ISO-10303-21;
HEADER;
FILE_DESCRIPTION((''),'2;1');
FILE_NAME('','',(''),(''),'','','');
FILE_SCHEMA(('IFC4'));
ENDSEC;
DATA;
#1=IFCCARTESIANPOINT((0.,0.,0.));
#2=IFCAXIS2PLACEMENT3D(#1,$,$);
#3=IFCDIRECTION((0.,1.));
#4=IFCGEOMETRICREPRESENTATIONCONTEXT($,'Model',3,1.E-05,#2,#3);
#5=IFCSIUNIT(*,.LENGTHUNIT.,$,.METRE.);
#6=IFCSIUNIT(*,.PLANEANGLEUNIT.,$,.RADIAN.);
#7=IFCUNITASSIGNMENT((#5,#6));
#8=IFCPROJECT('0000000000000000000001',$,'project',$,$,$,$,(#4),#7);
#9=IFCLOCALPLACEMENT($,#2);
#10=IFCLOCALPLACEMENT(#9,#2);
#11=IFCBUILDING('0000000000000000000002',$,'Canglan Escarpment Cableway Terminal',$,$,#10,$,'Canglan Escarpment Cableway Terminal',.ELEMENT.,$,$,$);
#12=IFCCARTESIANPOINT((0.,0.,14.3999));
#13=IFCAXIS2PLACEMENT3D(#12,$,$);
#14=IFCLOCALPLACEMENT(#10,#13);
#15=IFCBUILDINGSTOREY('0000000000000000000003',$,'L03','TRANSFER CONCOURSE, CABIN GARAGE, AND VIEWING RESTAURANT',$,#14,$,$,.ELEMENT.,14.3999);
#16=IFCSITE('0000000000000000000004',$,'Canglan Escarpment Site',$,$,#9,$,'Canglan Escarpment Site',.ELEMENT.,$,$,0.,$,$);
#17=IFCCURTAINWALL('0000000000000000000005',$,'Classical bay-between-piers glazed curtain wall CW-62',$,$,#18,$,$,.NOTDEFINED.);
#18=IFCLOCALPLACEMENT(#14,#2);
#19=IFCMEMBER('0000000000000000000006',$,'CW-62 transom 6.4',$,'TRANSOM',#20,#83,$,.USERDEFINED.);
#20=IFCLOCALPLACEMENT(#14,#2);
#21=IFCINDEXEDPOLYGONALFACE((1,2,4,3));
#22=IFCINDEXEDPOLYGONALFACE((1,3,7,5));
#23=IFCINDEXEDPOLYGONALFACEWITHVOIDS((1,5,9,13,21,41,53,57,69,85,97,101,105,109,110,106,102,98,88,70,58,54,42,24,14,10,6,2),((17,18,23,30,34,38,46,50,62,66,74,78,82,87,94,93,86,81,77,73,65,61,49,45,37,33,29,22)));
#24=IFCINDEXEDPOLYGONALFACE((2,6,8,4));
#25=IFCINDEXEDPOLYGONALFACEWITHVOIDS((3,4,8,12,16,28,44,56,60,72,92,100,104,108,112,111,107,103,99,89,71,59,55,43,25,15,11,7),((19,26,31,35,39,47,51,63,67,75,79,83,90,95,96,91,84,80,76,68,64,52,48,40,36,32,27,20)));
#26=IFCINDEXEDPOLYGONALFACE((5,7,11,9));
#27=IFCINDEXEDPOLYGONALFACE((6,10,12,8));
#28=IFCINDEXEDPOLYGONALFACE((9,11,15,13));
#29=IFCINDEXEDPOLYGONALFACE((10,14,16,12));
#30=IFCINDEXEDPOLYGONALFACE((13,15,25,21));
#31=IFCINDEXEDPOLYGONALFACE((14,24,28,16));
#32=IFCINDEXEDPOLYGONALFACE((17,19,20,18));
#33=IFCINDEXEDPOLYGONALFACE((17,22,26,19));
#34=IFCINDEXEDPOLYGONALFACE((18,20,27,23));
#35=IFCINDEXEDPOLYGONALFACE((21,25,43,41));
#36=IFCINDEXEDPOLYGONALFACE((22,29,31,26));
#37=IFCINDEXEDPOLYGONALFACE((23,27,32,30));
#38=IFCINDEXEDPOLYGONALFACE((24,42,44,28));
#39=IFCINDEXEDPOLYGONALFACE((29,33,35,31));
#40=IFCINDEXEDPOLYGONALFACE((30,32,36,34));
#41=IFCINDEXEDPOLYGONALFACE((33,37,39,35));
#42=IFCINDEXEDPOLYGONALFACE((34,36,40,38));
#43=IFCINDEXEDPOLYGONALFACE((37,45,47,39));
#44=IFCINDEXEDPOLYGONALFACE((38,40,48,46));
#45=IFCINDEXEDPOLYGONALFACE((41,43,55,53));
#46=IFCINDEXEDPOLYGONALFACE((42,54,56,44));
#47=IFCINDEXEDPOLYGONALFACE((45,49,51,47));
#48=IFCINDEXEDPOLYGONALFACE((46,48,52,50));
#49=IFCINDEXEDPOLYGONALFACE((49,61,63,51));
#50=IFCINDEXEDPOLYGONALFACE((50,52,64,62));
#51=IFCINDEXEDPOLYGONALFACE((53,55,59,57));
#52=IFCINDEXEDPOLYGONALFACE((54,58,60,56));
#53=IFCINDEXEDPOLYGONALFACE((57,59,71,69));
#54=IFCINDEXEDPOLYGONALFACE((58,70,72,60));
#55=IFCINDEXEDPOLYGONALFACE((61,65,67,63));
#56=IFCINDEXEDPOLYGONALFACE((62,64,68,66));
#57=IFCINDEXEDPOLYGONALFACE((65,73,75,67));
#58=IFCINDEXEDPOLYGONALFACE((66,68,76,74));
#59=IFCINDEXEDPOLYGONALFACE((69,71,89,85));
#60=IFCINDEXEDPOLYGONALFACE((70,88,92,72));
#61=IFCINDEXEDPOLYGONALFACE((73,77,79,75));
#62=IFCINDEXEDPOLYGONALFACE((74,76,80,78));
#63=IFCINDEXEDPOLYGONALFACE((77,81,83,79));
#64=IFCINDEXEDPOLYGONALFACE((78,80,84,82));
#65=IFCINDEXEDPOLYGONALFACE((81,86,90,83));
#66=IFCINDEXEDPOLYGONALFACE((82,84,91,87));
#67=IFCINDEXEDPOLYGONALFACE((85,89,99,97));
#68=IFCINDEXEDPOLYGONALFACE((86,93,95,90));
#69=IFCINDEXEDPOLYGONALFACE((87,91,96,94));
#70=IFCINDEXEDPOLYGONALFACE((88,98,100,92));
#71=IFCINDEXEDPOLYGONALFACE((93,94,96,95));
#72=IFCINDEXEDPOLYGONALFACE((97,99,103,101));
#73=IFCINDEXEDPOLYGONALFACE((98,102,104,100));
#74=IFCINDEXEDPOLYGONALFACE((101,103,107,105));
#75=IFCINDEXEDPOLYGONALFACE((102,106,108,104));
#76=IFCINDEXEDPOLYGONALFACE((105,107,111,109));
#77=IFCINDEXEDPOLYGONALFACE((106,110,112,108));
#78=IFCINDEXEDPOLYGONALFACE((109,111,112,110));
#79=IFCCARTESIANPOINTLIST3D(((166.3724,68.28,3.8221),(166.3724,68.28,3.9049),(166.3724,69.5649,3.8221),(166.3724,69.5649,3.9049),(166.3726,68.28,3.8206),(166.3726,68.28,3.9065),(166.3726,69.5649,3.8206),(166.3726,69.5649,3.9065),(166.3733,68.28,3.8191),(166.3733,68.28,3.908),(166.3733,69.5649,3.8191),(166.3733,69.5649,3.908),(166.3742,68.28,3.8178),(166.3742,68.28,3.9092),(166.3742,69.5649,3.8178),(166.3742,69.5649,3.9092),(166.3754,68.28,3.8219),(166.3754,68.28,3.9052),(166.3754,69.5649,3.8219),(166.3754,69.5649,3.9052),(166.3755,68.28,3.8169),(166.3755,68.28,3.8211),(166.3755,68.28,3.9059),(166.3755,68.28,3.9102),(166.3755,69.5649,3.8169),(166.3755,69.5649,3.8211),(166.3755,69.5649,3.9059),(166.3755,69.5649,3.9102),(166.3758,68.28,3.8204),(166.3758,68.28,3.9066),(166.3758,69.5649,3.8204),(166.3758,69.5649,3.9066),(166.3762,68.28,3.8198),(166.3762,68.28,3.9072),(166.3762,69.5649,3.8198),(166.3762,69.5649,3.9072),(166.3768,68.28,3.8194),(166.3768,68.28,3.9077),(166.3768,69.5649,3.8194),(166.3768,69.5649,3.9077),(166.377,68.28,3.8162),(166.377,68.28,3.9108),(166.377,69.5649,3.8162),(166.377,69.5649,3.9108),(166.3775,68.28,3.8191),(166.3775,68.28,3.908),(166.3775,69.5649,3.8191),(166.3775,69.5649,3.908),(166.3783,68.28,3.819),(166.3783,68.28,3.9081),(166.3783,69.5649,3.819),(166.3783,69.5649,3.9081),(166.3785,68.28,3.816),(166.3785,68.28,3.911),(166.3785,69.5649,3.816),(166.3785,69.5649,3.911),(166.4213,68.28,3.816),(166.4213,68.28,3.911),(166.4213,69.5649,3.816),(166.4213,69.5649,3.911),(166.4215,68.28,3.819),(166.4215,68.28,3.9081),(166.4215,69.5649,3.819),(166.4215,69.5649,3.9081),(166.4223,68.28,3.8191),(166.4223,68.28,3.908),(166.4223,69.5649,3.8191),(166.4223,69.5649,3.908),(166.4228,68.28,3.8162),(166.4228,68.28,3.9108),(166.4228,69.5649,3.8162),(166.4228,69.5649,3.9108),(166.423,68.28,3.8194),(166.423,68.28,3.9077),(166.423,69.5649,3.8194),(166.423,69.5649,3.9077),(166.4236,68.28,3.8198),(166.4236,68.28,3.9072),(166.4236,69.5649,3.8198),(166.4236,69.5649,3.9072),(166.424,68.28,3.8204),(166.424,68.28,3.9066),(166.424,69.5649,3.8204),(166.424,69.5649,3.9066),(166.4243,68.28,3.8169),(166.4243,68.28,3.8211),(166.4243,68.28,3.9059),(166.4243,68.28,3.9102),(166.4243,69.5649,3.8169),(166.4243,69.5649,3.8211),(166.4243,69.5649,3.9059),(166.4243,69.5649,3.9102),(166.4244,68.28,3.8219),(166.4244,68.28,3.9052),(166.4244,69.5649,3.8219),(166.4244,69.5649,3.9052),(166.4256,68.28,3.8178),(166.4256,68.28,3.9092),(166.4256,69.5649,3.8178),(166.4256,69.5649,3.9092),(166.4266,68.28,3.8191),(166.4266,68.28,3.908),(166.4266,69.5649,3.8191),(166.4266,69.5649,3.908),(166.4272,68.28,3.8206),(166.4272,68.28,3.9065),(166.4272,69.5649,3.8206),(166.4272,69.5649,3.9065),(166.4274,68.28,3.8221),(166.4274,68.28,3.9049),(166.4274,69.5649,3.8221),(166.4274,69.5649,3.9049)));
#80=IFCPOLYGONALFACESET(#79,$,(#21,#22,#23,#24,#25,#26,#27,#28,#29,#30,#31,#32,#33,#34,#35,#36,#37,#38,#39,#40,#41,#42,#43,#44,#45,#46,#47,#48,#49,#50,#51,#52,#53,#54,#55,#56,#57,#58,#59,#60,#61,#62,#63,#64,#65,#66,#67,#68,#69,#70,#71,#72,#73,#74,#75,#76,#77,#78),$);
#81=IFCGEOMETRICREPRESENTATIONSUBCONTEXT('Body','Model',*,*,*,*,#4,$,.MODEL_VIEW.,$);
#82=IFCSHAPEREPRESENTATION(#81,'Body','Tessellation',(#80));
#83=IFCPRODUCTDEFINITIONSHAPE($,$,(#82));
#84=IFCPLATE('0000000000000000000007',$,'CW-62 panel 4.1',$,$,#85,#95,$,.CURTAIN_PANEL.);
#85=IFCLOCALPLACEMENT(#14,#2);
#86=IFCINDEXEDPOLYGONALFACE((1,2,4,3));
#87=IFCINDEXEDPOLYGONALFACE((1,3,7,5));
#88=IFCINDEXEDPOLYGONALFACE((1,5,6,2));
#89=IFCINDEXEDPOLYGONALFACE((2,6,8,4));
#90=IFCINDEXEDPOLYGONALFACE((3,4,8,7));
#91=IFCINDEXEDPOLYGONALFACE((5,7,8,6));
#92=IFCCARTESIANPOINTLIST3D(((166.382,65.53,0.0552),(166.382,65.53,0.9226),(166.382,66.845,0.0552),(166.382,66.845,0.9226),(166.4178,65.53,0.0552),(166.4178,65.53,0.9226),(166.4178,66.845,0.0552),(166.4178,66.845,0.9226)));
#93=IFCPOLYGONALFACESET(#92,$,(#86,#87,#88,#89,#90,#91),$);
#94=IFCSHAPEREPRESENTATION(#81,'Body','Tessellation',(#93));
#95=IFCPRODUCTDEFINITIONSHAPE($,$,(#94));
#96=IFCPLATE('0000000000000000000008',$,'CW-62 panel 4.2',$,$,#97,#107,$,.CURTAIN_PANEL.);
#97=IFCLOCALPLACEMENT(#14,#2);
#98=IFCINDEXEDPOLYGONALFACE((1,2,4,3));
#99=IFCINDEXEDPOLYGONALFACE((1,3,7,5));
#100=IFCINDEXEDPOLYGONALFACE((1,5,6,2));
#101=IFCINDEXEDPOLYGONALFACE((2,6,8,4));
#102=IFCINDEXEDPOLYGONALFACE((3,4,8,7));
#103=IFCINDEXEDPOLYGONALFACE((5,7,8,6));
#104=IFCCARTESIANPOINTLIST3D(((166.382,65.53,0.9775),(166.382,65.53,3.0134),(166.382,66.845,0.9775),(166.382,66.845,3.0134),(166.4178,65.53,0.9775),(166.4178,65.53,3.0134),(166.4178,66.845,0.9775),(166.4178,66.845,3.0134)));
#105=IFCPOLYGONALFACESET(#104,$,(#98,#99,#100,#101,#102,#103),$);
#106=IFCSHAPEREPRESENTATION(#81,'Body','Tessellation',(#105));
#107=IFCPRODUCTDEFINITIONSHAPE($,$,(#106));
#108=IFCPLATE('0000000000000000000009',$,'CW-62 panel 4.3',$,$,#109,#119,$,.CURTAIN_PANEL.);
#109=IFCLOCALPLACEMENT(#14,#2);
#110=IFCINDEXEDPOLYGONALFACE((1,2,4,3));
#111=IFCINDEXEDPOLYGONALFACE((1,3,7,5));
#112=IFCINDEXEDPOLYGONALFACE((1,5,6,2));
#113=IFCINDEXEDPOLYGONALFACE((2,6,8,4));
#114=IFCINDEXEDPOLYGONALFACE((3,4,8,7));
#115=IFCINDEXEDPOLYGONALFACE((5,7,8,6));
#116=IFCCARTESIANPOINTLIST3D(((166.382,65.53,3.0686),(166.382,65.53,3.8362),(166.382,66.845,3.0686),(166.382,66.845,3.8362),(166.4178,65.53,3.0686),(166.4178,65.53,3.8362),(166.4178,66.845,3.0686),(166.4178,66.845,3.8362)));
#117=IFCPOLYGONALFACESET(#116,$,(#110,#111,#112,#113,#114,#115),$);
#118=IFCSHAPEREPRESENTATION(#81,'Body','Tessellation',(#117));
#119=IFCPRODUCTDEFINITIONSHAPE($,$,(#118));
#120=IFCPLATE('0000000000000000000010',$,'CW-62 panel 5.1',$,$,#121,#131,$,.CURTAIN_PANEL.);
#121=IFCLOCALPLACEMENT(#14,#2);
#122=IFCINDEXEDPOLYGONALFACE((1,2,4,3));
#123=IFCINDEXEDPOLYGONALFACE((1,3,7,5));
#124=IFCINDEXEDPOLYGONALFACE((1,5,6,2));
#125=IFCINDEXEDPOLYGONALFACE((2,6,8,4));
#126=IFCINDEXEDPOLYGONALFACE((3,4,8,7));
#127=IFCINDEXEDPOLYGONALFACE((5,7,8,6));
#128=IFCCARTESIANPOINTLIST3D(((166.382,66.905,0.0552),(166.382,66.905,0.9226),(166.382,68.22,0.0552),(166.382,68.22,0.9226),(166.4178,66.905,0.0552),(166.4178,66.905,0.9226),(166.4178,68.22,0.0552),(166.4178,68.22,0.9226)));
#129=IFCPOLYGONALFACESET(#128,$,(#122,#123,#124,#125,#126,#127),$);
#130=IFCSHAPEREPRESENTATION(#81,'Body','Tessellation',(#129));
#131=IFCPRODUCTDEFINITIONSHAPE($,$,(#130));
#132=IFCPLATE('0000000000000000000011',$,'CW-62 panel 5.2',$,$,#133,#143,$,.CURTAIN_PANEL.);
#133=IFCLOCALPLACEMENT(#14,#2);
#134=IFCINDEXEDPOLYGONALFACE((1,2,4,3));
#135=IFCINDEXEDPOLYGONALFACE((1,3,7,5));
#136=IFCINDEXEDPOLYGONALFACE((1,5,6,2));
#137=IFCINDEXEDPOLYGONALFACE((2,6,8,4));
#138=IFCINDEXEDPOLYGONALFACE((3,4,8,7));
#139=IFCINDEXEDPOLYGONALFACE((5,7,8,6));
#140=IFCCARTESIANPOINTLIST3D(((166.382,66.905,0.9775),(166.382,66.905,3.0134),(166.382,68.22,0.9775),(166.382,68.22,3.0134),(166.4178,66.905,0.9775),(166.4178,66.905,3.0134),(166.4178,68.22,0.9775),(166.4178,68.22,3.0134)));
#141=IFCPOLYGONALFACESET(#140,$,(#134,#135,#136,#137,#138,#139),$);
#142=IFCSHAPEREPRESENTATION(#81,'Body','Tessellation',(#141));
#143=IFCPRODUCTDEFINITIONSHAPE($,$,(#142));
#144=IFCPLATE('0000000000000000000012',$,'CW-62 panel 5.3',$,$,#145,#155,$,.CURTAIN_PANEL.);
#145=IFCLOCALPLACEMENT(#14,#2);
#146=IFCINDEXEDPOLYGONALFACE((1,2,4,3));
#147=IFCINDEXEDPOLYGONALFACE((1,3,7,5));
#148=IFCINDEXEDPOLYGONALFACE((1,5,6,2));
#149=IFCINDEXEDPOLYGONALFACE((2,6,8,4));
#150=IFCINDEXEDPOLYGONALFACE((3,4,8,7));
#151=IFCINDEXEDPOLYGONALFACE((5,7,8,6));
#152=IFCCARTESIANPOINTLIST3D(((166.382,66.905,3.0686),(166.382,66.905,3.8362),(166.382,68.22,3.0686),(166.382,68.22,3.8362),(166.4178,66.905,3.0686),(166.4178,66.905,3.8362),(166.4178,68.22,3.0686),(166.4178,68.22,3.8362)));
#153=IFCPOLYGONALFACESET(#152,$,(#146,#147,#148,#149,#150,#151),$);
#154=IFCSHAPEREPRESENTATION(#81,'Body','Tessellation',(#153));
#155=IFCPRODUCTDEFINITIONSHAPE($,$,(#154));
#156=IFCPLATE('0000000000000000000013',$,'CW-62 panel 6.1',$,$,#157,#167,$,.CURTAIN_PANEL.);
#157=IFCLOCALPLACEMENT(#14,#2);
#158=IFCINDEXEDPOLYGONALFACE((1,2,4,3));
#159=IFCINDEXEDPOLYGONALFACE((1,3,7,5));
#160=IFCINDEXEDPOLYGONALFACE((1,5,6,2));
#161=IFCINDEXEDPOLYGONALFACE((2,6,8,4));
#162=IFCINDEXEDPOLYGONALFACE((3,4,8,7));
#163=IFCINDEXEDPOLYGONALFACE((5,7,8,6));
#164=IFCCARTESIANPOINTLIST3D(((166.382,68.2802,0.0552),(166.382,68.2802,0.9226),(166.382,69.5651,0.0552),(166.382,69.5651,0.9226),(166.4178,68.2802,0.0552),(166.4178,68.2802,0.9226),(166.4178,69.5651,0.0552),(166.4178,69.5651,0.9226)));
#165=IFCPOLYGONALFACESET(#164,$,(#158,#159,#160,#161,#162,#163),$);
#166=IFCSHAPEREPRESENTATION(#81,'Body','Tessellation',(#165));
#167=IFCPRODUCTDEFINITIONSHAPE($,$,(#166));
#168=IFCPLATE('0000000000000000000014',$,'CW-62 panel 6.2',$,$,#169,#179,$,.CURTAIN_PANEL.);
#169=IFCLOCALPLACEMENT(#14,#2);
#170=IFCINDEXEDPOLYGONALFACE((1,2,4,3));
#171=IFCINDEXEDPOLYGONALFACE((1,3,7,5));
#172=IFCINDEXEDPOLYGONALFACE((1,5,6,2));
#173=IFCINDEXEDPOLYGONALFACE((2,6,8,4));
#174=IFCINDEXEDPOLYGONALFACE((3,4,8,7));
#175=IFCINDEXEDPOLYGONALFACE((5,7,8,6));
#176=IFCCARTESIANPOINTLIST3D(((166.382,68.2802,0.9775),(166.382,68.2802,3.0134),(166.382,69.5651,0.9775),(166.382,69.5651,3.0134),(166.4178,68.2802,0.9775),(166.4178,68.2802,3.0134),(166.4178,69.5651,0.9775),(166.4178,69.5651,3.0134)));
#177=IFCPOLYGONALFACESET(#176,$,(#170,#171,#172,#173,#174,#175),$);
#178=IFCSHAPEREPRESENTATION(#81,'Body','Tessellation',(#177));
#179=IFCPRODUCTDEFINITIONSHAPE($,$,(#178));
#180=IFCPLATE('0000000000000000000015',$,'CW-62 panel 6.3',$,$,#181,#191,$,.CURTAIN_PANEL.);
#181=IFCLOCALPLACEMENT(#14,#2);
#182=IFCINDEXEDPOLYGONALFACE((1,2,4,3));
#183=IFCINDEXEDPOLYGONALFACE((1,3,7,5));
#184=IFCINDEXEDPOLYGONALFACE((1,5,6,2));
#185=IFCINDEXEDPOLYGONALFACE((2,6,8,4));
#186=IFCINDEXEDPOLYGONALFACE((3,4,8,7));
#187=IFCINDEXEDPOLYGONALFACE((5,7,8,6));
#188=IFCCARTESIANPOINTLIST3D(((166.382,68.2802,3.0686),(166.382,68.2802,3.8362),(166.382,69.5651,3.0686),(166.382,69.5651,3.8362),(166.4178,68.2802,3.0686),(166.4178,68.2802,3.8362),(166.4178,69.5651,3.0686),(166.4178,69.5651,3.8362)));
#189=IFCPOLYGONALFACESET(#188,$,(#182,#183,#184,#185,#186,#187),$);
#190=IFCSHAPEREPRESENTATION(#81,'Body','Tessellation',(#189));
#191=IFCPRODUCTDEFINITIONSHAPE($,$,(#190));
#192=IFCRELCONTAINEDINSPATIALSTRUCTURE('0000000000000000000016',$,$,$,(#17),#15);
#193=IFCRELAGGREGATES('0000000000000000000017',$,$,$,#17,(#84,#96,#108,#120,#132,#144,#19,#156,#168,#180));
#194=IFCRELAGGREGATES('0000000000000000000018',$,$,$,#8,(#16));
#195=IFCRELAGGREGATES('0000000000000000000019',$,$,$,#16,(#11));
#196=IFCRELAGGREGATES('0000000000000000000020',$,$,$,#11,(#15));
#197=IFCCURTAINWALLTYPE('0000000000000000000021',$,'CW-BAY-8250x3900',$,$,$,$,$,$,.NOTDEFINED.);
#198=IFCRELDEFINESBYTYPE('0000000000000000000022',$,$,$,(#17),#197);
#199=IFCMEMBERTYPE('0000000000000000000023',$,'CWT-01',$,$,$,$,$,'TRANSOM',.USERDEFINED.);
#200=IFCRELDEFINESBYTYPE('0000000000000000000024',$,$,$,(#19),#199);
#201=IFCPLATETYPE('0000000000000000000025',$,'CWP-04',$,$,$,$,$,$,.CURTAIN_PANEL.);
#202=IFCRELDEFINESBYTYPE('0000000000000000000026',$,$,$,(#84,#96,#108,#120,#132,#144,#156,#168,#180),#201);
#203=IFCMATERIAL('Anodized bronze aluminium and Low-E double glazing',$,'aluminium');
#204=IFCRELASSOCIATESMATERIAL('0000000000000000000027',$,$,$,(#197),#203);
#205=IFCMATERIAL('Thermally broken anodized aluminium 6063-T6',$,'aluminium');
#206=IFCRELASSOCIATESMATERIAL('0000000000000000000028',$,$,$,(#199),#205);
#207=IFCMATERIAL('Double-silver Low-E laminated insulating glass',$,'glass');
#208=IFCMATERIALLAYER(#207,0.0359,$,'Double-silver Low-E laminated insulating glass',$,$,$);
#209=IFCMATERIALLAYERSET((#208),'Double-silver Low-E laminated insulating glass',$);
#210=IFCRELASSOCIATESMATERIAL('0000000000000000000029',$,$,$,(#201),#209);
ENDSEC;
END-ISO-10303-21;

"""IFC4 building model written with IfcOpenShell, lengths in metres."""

from ifc_helpers import new_model, si_unit, direction, frame, origin, origin_2d, place, context, subcontext, project, spatial, rectangle, hollow_rectangle, extrude, material, layer, layer_set, material_profile, profile_set, type_object, element, aggregate, save


model = new_model("IFC4")

# Units and contexts
model_context = context("Model", 3, precision=1e-05, world=origin(), true_north=direction((0.0, 1.0)))
body_context = subcontext(model_context, "Body", "Model", "MODEL_VIEW")
ifc_project = project(units=[si_unit("LENGTHUNIT", "METRE"), si_unit("PLANEANGLEUNIT", "RADIAN")], contexts=[model_context])

# Site, building, storey
site_placement = place(None, origin())
site = spatial("IfcSite", under=ifc_project, at=site_placement, Name="Canglan Escarpment Site", LongName="Canglan Escarpment Site", CompositionType="ELEMENT", RefElevation=0.0)
building_placement = place(site_placement, origin())
building = spatial("IfcBuilding", under=site, at=building_placement, Name="Canglan Escarpment Cableway Terminal", LongName="Canglan Escarpment Cableway Terminal", CompositionType="ELEMENT")
storey_placement = place(building_placement, frame((0.0, 0.0, 14.3999)))
storey = spatial("IfcBuildingStorey", under=building, at=storey_placement, Name="L03", Description="TRANSFER CONCOURSE, CABIN GARAGE, AND VIEWING RESTAURANT", CompositionType="ELEMENT", Elevation=14.3999)

# Curtain wall, member, plates
ifc_material_1 = material(Name="Anodized bronze aluminium and Low-E double glazing", Category="aluminium")
curtain_wall_type = type_object("IfcCurtainWallType", Name="CW-BAY-8250x3900", PredefinedType="NOTDEFINED", material=ifc_material_1)
curtain_wall_placement = place(storey_placement, origin())
curtain_wall = element("IfcCurtainWall", 1, at=curtain_wall_placement, inside=storey, type_object=curtain_wall_type, Name="Classical bay-between-piers glazed curtain wall CW-62", PredefinedType="NOTDEFINED")
ifc_material_2 = material(Name="Thermally broken anodized aluminium 6063-T6", Category="aluminium")
ifc_material_profile_1 = material_profile(ifc_material_2, hollow_rectangle(XDim=0.0549, YDim=0.095, WallThickness=0.0029, InnerFilletRadius=0.0029, OuterFilletRadius=0.0061, at=origin_2d()), Name="ALU-TRAN 55x95x3")
ifc_profile_set_1 = profile_set([ifc_material_profile_1], Name="Thermally broken anodized aluminium 6063-T6")
member_type_1 = type_object("IfcMemberType", Name="CWT-01", ElementType="TRANSOM", PredefinedType="USERDEFINED", material=ifc_profile_set_1)
member_1_placement = place(storey_placement, frame((166.3999, 68.28, 3.8635), z_axis=(0.0, 1.0, 0.0), x_axis=(-1.0, 0.0, 0.0)))
member_1 = element("IfcMember", 2, at=member_1_placement, type_object=member_type_1, Name="CW-62 transom 6.4", ObjectType="TRANSOM", PredefinedType="USERDEFINED", context=body_context, shape_type="SweptSolid", body=[
    extrude(hollow_rectangle(XDim=0.0549, YDim=0.095, WallThickness=0.0029, InnerFilletRadius=0.0029, OuterFilletRadius=0.0061, at=origin_2d()), origin(), (0.0, 0.0, 1.0), 1.2849),
])
ifc_material_3 = material(Name="Double-silver Low-E laminated insulating glass", Category="glass")
ifc_layer_1 = layer(ifc_material_3, 0.0359, Name="Double-silver Low-E laminated insulating glass")
ifc_layer_set_1 = layer_set([ifc_layer_1], Name="Double-silver Low-E laminated insulating glass")
plate_type = type_object("IfcPlateType", Name="CWP-04", PredefinedType="CURTAIN_PANEL", material=ifc_layer_set_1)
plate_1_placement = place(storey_placement, frame((166.3999, 66.1875, 0.0552), z_axis=(0.0, 0.0, 1.0), x_axis=(0.0, 1.0, 0.0)))
plate_1 = element("IfcPlate", 3, at=plate_1_placement, type_object=plate_type, Name="CW-62 panel 4.1", PredefinedType="CURTAIN_PANEL", context=body_context, shape_type="SweptSolid", body=[
    extrude(rectangle(XDim=1.3149, YDim=0.0359, at=origin_2d()), origin(), (0.0, 0.0, 1.0), 0.8674),
])
plate_2_placement = place(storey_placement, frame((166.3999, 66.1875, 0.9775), z_axis=(0.0, 0.0, 1.0), x_axis=(0.0, 1.0, 0.0)))
plate_2 = element("IfcPlate", 4, at=plate_2_placement, type_object=plate_type, Name="CW-62 panel 4.2", PredefinedType="CURTAIN_PANEL", context=body_context, shape_type="SweptSolid", body=[
    extrude(rectangle(XDim=1.3149, YDim=0.0359, at=origin_2d()), origin(), (0.0, 0.0, 1.0), 2.0359),
])
plate_3_placement = place(storey_placement, frame((166.3999, 66.1875, 3.0686), z_axis=(0.0, 0.0, 1.0), x_axis=(0.0, 1.0, 0.0)))
plate_3 = element("IfcPlate", 5, at=plate_3_placement, type_object=plate_type, Name="CW-62 panel 4.3", PredefinedType="CURTAIN_PANEL", context=body_context, shape_type="SweptSolid", body=[
    extrude(rectangle(XDim=1.3149, YDim=0.0359, at=origin_2d()), origin(), (0.0, 0.0, 1.0), 0.7676),
])
plate_4_placement = place(storey_placement, frame((166.3999, 67.5625, 0.0552), z_axis=(0.0, 0.0, 1.0), x_axis=(0.0, 1.0, 0.0)))
plate_4 = element("IfcPlate", 6, at=plate_4_placement, type_object=plate_type, Name="CW-62 panel 5.1", PredefinedType="CURTAIN_PANEL", context=body_context, shape_type="SweptSolid", body=[
    extrude(rectangle(XDim=1.3149, YDim=0.0359, at=origin_2d()), origin(), (0.0, 0.0, 1.0), 0.8674),
])
plate_5_placement = place(storey_placement, frame((166.3999, 67.5625, 0.9775), z_axis=(0.0, 0.0, 1.0), x_axis=(0.0, 1.0, 0.0)))
plate_5 = element("IfcPlate", 7, at=plate_5_placement, type_object=plate_type, Name="CW-62 panel 5.2", PredefinedType="CURTAIN_PANEL", context=body_context, shape_type="SweptSolid", body=[
    extrude(rectangle(XDim=1.3149, YDim=0.0359, at=origin_2d()), origin(), (0.0, 0.0, 1.0), 2.0359),
])
plate_6_placement = place(storey_placement, frame((166.3999, 67.5625, 3.0686), z_axis=(0.0, 0.0, 1.0), x_axis=(0.0, 1.0, 0.0)))
plate_6 = element("IfcPlate", 8, at=plate_6_placement, type_object=plate_type, Name="CW-62 panel 5.3", PredefinedType="CURTAIN_PANEL", context=body_context, shape_type="SweptSolid", body=[
    extrude(rectangle(XDim=1.3149, YDim=0.0359, at=origin_2d()), origin(), (0.0, 0.0, 1.0), 0.7676),
])
plate_7_placement = place(storey_placement, frame((166.3999, 68.9226, 0.0552), z_axis=(0.0, 0.0, 1.0), x_axis=(0.0, 1.0, 0.0)))
plate_7 = element("IfcPlate", 9, at=plate_7_placement, type_object=plate_type, Name="CW-62 panel 6.1", PredefinedType="CURTAIN_PANEL", context=body_context, shape_type="SweptSolid", body=[
    extrude(rectangle(XDim=1.2849, YDim=0.0359, at=origin_2d()), origin(), (0.0, 0.0, 1.0), 0.8674),
])
plate_8_placement = place(storey_placement, frame((166.3999, 68.9226, 0.9775), z_axis=(0.0, 0.0, 1.0), x_axis=(0.0, 1.0, 0.0)))
plate_8 = element("IfcPlate", 10, at=plate_8_placement, type_object=plate_type, Name="CW-62 panel 6.2", PredefinedType="CURTAIN_PANEL", context=body_context, shape_type="SweptSolid", body=[
    extrude(rectangle(XDim=1.2849, YDim=0.0359, at=origin_2d()), origin(), (0.0, 0.0, 1.0), 2.0359),
])
plate_9_placement = place(storey_placement, frame((166.3999, 68.9226, 3.0686), z_axis=(0.0, 0.0, 1.0), x_axis=(0.0, 1.0, 0.0)))
plate_9 = element("IfcPlate", 11, at=plate_9_placement, type_object=plate_type, Name="CW-62 panel 6.3", PredefinedType="CURTAIN_PANEL", context=body_context, shape_type="SweptSolid", body=[
    extrude(rectangle(XDim=1.2849, YDim=0.0359, at=origin_2d()), origin(), (0.0, 0.0, 1.0), 0.7676),
])
aggregate(curtain_wall, [plate_1, plate_2, plate_3, plate_4, plate_5, plate_6, member_1, plate_7, plate_8, plate_9])

save(model, "model.ifc")
